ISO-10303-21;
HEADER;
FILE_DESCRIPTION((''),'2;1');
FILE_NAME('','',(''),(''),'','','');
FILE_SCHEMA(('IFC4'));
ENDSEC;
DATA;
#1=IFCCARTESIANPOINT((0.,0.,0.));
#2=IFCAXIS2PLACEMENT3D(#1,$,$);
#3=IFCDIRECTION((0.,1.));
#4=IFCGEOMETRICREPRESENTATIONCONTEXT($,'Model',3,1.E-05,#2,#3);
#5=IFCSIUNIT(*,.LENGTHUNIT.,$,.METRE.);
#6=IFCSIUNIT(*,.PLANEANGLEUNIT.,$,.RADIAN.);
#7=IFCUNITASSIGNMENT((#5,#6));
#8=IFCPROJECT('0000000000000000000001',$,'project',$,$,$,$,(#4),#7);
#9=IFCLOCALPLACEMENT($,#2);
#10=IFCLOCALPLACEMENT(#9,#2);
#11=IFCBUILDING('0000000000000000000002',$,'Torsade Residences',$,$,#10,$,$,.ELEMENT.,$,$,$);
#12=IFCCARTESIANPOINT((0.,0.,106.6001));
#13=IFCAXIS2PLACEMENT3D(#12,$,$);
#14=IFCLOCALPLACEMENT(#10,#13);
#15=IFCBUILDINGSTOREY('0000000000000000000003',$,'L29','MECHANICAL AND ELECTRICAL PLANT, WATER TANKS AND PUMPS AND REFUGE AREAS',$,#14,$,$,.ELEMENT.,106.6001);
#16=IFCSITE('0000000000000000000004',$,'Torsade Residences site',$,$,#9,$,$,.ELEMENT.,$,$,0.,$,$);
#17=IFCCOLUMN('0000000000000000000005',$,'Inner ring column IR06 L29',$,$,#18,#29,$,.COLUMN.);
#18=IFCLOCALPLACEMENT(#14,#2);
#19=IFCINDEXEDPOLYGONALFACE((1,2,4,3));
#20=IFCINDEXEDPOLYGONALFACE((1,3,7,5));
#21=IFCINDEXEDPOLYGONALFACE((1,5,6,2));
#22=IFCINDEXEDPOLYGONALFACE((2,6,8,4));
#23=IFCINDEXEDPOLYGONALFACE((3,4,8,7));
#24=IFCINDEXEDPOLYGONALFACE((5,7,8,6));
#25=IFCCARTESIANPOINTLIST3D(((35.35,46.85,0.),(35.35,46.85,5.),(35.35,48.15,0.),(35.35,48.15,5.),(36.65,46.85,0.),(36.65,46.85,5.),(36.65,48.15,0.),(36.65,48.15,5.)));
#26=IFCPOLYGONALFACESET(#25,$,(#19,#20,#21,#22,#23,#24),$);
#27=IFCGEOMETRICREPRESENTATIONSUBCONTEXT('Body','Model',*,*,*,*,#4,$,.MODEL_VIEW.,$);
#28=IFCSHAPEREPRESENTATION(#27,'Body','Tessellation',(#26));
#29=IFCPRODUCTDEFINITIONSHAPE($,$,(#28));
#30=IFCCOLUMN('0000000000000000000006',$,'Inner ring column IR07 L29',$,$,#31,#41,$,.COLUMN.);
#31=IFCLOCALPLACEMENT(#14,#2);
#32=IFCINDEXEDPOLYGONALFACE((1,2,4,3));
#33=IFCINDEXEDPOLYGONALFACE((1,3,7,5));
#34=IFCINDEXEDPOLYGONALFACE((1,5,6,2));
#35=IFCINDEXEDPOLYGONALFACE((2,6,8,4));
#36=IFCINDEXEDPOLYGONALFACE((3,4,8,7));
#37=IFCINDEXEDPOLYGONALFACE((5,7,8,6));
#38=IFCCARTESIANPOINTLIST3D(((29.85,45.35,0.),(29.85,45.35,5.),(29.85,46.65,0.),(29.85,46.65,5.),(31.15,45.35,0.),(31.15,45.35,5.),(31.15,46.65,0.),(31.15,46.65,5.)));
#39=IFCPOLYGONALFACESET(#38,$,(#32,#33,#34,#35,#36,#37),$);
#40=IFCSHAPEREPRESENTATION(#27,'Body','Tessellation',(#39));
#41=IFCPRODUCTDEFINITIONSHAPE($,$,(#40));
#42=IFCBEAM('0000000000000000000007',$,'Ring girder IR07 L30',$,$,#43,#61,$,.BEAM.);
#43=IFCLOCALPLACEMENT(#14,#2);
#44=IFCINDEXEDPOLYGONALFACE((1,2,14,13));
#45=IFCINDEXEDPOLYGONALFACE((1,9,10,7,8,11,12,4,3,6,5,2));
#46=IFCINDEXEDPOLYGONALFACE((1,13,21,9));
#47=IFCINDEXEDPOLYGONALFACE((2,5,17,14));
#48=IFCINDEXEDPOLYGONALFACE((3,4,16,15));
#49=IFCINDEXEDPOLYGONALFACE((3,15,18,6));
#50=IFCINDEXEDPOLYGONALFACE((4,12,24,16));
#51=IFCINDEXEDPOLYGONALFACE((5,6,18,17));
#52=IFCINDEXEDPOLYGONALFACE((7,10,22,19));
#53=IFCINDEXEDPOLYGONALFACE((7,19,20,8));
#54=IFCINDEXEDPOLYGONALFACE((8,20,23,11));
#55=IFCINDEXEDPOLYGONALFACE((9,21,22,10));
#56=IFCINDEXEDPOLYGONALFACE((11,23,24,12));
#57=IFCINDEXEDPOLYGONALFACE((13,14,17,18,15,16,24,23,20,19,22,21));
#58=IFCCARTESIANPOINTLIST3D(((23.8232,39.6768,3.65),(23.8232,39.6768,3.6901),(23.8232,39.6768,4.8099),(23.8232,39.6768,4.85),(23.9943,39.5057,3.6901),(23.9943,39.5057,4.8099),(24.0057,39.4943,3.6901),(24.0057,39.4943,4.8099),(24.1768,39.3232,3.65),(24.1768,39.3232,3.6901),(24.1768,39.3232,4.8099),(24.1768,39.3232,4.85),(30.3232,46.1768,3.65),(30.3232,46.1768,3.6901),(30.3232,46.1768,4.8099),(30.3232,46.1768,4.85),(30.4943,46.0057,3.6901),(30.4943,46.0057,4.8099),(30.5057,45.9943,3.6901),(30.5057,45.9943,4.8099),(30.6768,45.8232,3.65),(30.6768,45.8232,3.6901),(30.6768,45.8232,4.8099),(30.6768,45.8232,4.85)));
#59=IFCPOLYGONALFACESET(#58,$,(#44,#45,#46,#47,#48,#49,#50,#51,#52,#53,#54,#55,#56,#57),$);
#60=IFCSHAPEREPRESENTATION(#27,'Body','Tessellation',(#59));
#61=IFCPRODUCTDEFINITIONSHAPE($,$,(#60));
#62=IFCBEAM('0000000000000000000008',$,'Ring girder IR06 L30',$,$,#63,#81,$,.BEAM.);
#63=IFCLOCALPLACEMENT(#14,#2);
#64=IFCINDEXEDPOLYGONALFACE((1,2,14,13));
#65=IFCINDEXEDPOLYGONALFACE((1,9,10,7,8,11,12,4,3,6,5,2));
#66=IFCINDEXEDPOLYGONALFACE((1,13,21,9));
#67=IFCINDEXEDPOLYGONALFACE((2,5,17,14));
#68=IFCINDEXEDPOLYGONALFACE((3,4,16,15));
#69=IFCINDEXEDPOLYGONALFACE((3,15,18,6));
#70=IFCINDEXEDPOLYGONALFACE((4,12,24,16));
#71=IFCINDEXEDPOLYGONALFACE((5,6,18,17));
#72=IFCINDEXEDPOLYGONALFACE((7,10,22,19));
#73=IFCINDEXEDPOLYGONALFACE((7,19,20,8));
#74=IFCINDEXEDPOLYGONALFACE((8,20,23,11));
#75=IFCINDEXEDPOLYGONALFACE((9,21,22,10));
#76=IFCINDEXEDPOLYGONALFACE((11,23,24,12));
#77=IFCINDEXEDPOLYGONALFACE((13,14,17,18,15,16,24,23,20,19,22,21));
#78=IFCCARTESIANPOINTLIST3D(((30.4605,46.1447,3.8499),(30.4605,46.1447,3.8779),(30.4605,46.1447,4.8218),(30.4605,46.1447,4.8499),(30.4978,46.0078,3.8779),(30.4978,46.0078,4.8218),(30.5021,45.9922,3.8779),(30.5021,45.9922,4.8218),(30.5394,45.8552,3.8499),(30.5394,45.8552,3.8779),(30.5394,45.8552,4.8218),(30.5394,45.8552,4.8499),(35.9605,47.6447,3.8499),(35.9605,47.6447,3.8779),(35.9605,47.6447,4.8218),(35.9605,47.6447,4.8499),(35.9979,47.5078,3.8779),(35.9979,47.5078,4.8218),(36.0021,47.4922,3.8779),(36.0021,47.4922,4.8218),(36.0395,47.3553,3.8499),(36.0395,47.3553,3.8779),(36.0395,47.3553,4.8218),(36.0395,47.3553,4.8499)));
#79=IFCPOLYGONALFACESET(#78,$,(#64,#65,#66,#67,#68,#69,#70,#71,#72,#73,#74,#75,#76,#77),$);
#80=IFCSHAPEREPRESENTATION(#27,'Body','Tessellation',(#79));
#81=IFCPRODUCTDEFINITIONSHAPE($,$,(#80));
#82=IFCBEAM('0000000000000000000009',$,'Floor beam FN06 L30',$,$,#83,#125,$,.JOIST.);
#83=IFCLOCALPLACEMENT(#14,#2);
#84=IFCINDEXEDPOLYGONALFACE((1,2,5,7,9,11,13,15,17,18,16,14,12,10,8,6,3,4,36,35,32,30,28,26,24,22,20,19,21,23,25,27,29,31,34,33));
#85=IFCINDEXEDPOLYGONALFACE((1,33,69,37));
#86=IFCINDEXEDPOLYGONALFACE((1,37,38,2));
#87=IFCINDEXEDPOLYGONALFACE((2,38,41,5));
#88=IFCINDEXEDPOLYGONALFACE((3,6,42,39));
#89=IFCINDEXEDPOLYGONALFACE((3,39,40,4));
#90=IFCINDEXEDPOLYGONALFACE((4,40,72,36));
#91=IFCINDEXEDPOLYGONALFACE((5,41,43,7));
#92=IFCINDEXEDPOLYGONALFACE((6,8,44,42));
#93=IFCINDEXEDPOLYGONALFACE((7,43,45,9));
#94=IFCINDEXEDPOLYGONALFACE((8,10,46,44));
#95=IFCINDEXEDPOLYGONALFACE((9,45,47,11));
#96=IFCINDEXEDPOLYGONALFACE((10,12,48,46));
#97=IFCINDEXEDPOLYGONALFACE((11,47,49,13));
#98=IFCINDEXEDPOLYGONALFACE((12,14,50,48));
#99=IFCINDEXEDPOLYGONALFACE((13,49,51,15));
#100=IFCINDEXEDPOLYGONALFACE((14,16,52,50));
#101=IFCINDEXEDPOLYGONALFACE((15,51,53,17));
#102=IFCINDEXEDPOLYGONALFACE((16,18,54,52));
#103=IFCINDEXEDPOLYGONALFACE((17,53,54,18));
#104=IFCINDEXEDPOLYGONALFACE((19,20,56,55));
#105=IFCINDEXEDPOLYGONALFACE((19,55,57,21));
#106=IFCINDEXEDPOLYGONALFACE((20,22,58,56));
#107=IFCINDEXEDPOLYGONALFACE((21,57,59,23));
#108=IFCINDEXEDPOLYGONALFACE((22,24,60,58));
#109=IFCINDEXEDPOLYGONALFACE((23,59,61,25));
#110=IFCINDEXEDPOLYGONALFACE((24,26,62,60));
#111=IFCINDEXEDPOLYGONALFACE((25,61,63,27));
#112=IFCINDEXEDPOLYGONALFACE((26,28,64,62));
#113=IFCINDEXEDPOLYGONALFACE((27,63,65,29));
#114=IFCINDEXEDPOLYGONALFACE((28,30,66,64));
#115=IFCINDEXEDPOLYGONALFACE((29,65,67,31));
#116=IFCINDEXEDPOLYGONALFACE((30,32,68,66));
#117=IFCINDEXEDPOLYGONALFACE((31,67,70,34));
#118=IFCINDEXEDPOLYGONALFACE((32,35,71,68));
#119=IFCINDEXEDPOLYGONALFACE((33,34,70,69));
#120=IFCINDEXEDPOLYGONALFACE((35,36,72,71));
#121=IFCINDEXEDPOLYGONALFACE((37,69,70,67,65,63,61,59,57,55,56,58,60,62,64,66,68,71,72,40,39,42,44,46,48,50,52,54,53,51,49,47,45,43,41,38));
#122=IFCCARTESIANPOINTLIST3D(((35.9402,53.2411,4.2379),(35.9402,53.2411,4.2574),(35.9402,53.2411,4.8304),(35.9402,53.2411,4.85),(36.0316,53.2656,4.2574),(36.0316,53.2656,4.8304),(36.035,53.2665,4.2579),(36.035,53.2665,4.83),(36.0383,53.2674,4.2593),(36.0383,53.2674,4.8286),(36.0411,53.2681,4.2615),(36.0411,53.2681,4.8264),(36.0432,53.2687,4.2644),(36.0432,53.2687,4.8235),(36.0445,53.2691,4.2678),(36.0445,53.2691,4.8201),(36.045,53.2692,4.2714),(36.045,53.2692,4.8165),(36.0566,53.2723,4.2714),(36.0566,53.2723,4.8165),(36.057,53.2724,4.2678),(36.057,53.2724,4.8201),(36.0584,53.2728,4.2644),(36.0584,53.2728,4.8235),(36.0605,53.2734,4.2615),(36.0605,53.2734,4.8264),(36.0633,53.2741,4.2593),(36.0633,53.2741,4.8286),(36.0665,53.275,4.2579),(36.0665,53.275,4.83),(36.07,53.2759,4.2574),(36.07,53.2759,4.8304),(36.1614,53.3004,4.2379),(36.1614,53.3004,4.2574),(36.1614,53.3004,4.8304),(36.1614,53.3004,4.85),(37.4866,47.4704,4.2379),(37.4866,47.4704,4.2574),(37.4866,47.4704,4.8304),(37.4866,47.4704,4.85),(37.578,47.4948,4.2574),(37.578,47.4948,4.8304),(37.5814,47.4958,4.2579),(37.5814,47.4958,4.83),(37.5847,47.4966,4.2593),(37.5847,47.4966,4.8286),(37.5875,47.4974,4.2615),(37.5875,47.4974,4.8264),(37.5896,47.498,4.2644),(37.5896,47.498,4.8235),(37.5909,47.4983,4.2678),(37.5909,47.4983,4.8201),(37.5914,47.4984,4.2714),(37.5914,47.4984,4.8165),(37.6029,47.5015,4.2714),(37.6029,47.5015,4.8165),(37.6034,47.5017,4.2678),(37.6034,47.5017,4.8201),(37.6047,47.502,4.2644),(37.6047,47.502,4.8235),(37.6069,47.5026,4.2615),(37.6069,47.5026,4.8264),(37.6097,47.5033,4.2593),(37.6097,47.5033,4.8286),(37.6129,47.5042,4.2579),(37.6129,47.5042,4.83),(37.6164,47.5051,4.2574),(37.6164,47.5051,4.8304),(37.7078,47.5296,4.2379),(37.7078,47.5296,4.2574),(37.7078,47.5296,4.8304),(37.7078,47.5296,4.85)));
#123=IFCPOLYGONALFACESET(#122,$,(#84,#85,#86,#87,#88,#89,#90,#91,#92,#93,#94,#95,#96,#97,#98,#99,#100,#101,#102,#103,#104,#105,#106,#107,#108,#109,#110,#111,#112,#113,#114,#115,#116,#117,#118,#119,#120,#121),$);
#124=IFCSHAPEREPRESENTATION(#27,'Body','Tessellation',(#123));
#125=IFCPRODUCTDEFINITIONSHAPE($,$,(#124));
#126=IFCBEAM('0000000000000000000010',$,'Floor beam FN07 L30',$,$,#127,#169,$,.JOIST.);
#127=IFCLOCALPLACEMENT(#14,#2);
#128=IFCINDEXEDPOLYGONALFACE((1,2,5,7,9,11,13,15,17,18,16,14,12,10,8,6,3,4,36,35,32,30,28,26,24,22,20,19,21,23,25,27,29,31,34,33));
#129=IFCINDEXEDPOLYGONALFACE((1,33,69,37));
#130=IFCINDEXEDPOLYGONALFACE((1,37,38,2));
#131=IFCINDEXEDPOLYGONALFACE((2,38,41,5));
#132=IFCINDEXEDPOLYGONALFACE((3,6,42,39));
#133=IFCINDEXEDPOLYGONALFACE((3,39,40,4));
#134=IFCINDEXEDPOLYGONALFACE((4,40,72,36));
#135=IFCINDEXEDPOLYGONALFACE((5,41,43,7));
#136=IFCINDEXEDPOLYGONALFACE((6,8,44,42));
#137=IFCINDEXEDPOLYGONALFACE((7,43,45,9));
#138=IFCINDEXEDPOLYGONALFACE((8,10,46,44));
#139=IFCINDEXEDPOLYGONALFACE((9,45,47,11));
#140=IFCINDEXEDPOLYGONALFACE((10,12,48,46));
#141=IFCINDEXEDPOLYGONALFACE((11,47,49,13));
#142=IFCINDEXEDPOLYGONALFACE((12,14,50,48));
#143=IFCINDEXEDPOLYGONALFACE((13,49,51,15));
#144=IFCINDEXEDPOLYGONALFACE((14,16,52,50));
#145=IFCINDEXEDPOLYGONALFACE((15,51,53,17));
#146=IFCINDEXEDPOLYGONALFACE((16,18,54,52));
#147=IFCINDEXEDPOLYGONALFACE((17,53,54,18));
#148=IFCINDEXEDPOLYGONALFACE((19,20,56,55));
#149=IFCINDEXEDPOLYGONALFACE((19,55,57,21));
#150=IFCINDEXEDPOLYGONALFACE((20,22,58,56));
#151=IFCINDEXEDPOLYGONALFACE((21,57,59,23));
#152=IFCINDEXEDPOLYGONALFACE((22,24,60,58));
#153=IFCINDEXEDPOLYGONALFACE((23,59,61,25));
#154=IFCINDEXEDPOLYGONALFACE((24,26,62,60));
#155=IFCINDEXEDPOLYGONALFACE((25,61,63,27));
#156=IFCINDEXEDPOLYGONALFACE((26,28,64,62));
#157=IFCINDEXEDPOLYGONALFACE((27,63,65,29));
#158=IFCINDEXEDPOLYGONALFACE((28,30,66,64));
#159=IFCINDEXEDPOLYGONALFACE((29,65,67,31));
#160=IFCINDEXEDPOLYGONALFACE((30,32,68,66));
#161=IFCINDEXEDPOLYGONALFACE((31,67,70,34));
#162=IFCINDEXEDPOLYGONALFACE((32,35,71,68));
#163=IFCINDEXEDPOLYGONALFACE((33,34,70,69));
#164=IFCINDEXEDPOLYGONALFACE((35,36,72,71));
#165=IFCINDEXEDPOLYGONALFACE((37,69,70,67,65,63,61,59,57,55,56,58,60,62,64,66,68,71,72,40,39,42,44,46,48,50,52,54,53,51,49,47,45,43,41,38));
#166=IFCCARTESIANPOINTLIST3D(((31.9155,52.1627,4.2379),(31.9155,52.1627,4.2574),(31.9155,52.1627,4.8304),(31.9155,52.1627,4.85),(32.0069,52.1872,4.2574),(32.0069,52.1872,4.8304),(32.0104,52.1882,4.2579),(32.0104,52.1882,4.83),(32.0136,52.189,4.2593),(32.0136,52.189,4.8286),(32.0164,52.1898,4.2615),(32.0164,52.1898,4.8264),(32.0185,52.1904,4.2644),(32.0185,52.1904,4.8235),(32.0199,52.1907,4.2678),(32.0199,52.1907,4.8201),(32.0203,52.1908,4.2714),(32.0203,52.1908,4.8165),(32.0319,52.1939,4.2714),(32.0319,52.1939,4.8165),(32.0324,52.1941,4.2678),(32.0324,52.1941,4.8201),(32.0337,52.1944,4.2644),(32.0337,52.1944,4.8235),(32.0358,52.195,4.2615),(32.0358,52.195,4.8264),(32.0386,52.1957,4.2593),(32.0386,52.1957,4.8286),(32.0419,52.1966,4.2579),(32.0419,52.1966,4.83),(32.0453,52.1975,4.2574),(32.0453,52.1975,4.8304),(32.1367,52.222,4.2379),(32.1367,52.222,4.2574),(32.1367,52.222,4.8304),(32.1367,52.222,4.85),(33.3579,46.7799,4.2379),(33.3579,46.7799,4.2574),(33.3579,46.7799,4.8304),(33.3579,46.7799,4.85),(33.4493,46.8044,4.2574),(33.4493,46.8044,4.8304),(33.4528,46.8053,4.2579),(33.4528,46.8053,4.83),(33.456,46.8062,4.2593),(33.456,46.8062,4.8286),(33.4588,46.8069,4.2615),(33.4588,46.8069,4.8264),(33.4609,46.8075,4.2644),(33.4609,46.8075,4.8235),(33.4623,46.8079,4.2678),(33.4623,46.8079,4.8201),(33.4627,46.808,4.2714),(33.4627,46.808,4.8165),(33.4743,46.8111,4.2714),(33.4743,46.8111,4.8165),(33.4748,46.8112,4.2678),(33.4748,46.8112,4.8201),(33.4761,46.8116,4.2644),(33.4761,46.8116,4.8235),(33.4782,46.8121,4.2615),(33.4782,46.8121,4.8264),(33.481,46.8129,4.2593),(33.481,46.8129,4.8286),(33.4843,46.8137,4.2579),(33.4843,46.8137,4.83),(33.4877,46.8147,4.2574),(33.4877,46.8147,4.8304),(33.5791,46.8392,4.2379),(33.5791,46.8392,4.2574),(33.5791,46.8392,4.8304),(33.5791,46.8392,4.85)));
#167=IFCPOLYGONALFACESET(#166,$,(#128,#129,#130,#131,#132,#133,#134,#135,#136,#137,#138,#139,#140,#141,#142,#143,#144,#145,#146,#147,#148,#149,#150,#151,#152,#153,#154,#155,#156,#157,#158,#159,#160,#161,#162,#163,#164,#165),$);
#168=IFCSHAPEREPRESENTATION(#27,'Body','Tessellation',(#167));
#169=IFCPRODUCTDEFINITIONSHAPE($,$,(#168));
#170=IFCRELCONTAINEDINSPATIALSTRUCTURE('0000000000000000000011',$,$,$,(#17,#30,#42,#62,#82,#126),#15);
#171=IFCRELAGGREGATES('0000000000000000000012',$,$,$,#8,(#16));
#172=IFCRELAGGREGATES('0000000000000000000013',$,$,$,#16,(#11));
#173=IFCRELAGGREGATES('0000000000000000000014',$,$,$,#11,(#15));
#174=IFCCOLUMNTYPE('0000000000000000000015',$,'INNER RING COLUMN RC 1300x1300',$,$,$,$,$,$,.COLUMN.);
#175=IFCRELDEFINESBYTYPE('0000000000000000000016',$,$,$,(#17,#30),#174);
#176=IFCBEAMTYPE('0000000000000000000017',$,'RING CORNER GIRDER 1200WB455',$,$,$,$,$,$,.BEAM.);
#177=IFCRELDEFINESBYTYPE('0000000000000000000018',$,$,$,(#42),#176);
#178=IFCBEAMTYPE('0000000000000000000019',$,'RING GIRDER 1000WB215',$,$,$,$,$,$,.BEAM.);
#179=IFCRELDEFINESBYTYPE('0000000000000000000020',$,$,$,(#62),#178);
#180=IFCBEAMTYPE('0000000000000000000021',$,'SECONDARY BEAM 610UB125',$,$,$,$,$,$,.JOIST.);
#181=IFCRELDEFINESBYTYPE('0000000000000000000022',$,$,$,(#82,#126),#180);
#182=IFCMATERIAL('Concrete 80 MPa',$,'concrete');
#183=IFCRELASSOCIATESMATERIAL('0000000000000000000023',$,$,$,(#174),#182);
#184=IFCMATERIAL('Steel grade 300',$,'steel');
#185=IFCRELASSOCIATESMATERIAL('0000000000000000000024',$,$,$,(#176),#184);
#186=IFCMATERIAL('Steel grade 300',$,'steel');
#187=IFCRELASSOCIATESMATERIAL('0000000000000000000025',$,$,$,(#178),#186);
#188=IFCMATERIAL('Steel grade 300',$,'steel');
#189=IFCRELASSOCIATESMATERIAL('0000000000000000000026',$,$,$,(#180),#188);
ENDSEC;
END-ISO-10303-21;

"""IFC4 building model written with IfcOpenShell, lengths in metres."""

from ifc_helpers import new_model, si_unit, direction, frame, origin, origin_2d, place, context, subcontext, project, spatial, rectangle, i_section, extrude, material, material_profile, profile_set, type_object, element, save


model = new_model("IFC4")

# Units and contexts
model_context = context("Model", 3, precision=1e-05, world=origin(), true_north=direction((0.0, 1.0)))
body_context = subcontext(model_context, "Body", "Model", "MODEL_VIEW")
ifc_project = project(units=[si_unit("LENGTHUNIT", "METRE"), si_unit("PLANEANGLEUNIT", "RADIAN")], contexts=[model_context])

# Site, building, storey
site_placement = place(None, origin())
site = spatial("IfcSite", under=ifc_project, at=site_placement, Name="Torsade Residences site", CompositionType="ELEMENT", RefElevation=0.0)
building_placement = place(site_placement, origin())
building = spatial("IfcBuilding", under=site, at=building_placement, Name="Torsade Residences", CompositionType="ELEMENT")
storey_placement = place(building_placement, frame((0.0, 0.0, 106.6001)))
storey = spatial("IfcBuildingStorey", under=building, at=storey_placement, Name="L29", Description="MECHANICAL AND ELECTRICAL PLANT, WATER TANKS AND PUMPS AND REFUGE AREAS", CompositionType="ELEMENT", Elevation=106.6001)

# Columns
ifc_material_1 = material(Name="Concrete 80 MPa", Category="concrete")
ifc_material_profile_1 = material_profile(ifc_material_1, rectangle(XDim=1.3, YDim=1.3, at=origin_2d()), Name="RC 1300x1300")
ifc_profile_set_1 = profile_set([ifc_material_profile_1], Name="Concrete 80 MPa")
column_type = type_object("IfcColumnType", Name="INNER RING COLUMN RC 1300x1300", PredefinedType="COLUMN", material=ifc_profile_set_1)
for number, where, z_axis, x_axis, name in (
    (1, (36.0, 47.5, 0.0), (0.0, 0.0, 1.0), (1.0, 0.0, 0.0), "Inner ring column IR06 L29"),
    (2, (30.5, 46.0, 0.0), (0.0, 0.0, 1.0), (1.0, 0.0, 0.0), "Inner ring column IR07 L29"),
):
    element("IfcColumn", number, at=place(storey_placement, frame(where, z_axis=z_axis, x_axis=x_axis)), inside=storey, type_object=column_type, Name=name, PredefinedType="COLUMN", context=body_context, shape_type="SweptSolid", body=[
        extrude(rectangle(XDim=1.3, YDim=1.3, at=origin_2d()), origin(), (0.0, 0.0, 1.0), 5.0),
    ])

# Beams
ifc_material_2 = material(Name="Steel grade 300", Category="steel")
ifc_material_profile_2 = material_profile(ifc_material_2, i_section(OverallWidth=0.5, OverallDepth=1.2, WebThickness=0.0161, FlangeThickness=0.04, at=origin_2d()), Name="1200WB455")
ifc_profile_set_2 = profile_set([ifc_material_profile_2], Name="Steel grade 300")
beam_type_1 = type_object("IfcBeamType", Name="RING CORNER GIRDER 1200WB455", PredefinedType="BEAM", material=ifc_profile_set_2)
beam_1_placement = place(storey_placement, frame((30.5, 46.0, 4.25), z_axis=(-0.707107, -0.707107, 0.0), x_axis=(0.707107, -0.707107, 0.0)))
element("IfcBeam", 3, at=beam_1_placement, inside=storey, type_object=beam_type_1, Name="Ring girder IR07 L30", PredefinedType="BEAM", context=body_context, shape_type="SweptSolid", body=[
    extrude(i_section(OverallWidth=0.5, OverallDepth=1.2, WebThickness=0.0161, FlangeThickness=0.04, at=origin_2d()), origin(), (0.0, 0.0, 1.0), 9.1924),
])
ifc_material_3 = material(Name="Steel grade 300", Category="steel")
ifc_material_profile_3 = material_profile(ifc_material_3, i_section(OverallWidth=0.3, OverallDepth=1.0, WebThickness=0.0161, FlangeThickness=0.0281, at=origin_2d()), Name="1000WB215")
ifc_profile_set_3 = profile_set([ifc_material_profile_3], Name="Steel grade 300")
beam_type_2 = type_object("IfcBeamType", Name="RING GIRDER 1000WB215", PredefinedType="BEAM", material=ifc_profile_set_3)
beam_2_placement = place(storey_placement, frame((36.0, 47.5, 4.3499), z_axis=(-0.964764, -0.263117, 0.0), x_axis=(0.263117, -0.964764, 0.0)))
element("IfcBeam", 4, at=beam_2_placement, inside=storey, type_object=beam_type_2, Name="Ring girder IR06 L30", PredefinedType="BEAM", context=body_context, shape_type="SweptSolid", body=[
    extrude(i_section(OverallWidth=0.3, OverallDepth=1.0, WebThickness=0.0161, FlangeThickness=0.0281, at=origin_2d()), origin(), (0.0, 0.0, 1.0), 5.7009),
])
ifc_material_4 = material(Name="Steel grade 300", Category="steel")
ifc_material_profile_4 = material_profile(ifc_material_4, i_section(OverallWidth=0.229, OverallDepth=0.6121, WebThickness=0.012, FlangeThickness=0.0195, FilletRadius=0.0139, at=origin_2d()), Name="610UB125")
ifc_profile_set_4 = profile_set([ifc_material_profile_4], Name="Steel grade 300")
beam_type_3 = type_object("IfcBeamType", Name="SECONDARY BEAM 610UB125", PredefinedType="JOIST", material=ifc_profile_set_4)
beam_3_placement = place(storey_placement, frame((36.0508, 53.2708, 4.5439), z_axis=(0.258838, -0.965921, 0.0), x_axis=(0.965921, 0.258838, 0.0)))
element("IfcBeam", 5, at=beam_3_placement, inside=storey, type_object=beam_type_3, Name="Floor beam FN06 L30", PredefinedType="JOIST", context=body_context, shape_type="SweptSolid", body=[
    extrude(i_section(OverallWidth=0.229, OverallDepth=0.6121, WebThickness=0.012, FlangeThickness=0.0195, FilletRadius=0.0139, at=origin_2d()), origin(), (0.0, 0.0, 1.0), 5.9744),
])
beam_4_placement = place(storey_placement, frame((32.0261, 52.1924, 4.5439), z_axis=(0.25883, -0.965923, 0.0), x_axis=(0.965923, 0.25883, 0.0)))
element("IfcBeam", 6, at=beam_4_placement, inside=storey, type_object=beam_type_3, Name="Floor beam FN07 L30", PredefinedType="JOIST", context=body_context, shape_type="SweptSolid", body=[
    extrude(i_section(OverallWidth=0.229, OverallDepth=0.6121, WebThickness=0.012, FlangeThickness=0.0195, FilletRadius=0.0139, at=origin_2d()), origin(), (0.0, 0.0, 1.0), 5.5728),
])

save(model, "model.ifc")
